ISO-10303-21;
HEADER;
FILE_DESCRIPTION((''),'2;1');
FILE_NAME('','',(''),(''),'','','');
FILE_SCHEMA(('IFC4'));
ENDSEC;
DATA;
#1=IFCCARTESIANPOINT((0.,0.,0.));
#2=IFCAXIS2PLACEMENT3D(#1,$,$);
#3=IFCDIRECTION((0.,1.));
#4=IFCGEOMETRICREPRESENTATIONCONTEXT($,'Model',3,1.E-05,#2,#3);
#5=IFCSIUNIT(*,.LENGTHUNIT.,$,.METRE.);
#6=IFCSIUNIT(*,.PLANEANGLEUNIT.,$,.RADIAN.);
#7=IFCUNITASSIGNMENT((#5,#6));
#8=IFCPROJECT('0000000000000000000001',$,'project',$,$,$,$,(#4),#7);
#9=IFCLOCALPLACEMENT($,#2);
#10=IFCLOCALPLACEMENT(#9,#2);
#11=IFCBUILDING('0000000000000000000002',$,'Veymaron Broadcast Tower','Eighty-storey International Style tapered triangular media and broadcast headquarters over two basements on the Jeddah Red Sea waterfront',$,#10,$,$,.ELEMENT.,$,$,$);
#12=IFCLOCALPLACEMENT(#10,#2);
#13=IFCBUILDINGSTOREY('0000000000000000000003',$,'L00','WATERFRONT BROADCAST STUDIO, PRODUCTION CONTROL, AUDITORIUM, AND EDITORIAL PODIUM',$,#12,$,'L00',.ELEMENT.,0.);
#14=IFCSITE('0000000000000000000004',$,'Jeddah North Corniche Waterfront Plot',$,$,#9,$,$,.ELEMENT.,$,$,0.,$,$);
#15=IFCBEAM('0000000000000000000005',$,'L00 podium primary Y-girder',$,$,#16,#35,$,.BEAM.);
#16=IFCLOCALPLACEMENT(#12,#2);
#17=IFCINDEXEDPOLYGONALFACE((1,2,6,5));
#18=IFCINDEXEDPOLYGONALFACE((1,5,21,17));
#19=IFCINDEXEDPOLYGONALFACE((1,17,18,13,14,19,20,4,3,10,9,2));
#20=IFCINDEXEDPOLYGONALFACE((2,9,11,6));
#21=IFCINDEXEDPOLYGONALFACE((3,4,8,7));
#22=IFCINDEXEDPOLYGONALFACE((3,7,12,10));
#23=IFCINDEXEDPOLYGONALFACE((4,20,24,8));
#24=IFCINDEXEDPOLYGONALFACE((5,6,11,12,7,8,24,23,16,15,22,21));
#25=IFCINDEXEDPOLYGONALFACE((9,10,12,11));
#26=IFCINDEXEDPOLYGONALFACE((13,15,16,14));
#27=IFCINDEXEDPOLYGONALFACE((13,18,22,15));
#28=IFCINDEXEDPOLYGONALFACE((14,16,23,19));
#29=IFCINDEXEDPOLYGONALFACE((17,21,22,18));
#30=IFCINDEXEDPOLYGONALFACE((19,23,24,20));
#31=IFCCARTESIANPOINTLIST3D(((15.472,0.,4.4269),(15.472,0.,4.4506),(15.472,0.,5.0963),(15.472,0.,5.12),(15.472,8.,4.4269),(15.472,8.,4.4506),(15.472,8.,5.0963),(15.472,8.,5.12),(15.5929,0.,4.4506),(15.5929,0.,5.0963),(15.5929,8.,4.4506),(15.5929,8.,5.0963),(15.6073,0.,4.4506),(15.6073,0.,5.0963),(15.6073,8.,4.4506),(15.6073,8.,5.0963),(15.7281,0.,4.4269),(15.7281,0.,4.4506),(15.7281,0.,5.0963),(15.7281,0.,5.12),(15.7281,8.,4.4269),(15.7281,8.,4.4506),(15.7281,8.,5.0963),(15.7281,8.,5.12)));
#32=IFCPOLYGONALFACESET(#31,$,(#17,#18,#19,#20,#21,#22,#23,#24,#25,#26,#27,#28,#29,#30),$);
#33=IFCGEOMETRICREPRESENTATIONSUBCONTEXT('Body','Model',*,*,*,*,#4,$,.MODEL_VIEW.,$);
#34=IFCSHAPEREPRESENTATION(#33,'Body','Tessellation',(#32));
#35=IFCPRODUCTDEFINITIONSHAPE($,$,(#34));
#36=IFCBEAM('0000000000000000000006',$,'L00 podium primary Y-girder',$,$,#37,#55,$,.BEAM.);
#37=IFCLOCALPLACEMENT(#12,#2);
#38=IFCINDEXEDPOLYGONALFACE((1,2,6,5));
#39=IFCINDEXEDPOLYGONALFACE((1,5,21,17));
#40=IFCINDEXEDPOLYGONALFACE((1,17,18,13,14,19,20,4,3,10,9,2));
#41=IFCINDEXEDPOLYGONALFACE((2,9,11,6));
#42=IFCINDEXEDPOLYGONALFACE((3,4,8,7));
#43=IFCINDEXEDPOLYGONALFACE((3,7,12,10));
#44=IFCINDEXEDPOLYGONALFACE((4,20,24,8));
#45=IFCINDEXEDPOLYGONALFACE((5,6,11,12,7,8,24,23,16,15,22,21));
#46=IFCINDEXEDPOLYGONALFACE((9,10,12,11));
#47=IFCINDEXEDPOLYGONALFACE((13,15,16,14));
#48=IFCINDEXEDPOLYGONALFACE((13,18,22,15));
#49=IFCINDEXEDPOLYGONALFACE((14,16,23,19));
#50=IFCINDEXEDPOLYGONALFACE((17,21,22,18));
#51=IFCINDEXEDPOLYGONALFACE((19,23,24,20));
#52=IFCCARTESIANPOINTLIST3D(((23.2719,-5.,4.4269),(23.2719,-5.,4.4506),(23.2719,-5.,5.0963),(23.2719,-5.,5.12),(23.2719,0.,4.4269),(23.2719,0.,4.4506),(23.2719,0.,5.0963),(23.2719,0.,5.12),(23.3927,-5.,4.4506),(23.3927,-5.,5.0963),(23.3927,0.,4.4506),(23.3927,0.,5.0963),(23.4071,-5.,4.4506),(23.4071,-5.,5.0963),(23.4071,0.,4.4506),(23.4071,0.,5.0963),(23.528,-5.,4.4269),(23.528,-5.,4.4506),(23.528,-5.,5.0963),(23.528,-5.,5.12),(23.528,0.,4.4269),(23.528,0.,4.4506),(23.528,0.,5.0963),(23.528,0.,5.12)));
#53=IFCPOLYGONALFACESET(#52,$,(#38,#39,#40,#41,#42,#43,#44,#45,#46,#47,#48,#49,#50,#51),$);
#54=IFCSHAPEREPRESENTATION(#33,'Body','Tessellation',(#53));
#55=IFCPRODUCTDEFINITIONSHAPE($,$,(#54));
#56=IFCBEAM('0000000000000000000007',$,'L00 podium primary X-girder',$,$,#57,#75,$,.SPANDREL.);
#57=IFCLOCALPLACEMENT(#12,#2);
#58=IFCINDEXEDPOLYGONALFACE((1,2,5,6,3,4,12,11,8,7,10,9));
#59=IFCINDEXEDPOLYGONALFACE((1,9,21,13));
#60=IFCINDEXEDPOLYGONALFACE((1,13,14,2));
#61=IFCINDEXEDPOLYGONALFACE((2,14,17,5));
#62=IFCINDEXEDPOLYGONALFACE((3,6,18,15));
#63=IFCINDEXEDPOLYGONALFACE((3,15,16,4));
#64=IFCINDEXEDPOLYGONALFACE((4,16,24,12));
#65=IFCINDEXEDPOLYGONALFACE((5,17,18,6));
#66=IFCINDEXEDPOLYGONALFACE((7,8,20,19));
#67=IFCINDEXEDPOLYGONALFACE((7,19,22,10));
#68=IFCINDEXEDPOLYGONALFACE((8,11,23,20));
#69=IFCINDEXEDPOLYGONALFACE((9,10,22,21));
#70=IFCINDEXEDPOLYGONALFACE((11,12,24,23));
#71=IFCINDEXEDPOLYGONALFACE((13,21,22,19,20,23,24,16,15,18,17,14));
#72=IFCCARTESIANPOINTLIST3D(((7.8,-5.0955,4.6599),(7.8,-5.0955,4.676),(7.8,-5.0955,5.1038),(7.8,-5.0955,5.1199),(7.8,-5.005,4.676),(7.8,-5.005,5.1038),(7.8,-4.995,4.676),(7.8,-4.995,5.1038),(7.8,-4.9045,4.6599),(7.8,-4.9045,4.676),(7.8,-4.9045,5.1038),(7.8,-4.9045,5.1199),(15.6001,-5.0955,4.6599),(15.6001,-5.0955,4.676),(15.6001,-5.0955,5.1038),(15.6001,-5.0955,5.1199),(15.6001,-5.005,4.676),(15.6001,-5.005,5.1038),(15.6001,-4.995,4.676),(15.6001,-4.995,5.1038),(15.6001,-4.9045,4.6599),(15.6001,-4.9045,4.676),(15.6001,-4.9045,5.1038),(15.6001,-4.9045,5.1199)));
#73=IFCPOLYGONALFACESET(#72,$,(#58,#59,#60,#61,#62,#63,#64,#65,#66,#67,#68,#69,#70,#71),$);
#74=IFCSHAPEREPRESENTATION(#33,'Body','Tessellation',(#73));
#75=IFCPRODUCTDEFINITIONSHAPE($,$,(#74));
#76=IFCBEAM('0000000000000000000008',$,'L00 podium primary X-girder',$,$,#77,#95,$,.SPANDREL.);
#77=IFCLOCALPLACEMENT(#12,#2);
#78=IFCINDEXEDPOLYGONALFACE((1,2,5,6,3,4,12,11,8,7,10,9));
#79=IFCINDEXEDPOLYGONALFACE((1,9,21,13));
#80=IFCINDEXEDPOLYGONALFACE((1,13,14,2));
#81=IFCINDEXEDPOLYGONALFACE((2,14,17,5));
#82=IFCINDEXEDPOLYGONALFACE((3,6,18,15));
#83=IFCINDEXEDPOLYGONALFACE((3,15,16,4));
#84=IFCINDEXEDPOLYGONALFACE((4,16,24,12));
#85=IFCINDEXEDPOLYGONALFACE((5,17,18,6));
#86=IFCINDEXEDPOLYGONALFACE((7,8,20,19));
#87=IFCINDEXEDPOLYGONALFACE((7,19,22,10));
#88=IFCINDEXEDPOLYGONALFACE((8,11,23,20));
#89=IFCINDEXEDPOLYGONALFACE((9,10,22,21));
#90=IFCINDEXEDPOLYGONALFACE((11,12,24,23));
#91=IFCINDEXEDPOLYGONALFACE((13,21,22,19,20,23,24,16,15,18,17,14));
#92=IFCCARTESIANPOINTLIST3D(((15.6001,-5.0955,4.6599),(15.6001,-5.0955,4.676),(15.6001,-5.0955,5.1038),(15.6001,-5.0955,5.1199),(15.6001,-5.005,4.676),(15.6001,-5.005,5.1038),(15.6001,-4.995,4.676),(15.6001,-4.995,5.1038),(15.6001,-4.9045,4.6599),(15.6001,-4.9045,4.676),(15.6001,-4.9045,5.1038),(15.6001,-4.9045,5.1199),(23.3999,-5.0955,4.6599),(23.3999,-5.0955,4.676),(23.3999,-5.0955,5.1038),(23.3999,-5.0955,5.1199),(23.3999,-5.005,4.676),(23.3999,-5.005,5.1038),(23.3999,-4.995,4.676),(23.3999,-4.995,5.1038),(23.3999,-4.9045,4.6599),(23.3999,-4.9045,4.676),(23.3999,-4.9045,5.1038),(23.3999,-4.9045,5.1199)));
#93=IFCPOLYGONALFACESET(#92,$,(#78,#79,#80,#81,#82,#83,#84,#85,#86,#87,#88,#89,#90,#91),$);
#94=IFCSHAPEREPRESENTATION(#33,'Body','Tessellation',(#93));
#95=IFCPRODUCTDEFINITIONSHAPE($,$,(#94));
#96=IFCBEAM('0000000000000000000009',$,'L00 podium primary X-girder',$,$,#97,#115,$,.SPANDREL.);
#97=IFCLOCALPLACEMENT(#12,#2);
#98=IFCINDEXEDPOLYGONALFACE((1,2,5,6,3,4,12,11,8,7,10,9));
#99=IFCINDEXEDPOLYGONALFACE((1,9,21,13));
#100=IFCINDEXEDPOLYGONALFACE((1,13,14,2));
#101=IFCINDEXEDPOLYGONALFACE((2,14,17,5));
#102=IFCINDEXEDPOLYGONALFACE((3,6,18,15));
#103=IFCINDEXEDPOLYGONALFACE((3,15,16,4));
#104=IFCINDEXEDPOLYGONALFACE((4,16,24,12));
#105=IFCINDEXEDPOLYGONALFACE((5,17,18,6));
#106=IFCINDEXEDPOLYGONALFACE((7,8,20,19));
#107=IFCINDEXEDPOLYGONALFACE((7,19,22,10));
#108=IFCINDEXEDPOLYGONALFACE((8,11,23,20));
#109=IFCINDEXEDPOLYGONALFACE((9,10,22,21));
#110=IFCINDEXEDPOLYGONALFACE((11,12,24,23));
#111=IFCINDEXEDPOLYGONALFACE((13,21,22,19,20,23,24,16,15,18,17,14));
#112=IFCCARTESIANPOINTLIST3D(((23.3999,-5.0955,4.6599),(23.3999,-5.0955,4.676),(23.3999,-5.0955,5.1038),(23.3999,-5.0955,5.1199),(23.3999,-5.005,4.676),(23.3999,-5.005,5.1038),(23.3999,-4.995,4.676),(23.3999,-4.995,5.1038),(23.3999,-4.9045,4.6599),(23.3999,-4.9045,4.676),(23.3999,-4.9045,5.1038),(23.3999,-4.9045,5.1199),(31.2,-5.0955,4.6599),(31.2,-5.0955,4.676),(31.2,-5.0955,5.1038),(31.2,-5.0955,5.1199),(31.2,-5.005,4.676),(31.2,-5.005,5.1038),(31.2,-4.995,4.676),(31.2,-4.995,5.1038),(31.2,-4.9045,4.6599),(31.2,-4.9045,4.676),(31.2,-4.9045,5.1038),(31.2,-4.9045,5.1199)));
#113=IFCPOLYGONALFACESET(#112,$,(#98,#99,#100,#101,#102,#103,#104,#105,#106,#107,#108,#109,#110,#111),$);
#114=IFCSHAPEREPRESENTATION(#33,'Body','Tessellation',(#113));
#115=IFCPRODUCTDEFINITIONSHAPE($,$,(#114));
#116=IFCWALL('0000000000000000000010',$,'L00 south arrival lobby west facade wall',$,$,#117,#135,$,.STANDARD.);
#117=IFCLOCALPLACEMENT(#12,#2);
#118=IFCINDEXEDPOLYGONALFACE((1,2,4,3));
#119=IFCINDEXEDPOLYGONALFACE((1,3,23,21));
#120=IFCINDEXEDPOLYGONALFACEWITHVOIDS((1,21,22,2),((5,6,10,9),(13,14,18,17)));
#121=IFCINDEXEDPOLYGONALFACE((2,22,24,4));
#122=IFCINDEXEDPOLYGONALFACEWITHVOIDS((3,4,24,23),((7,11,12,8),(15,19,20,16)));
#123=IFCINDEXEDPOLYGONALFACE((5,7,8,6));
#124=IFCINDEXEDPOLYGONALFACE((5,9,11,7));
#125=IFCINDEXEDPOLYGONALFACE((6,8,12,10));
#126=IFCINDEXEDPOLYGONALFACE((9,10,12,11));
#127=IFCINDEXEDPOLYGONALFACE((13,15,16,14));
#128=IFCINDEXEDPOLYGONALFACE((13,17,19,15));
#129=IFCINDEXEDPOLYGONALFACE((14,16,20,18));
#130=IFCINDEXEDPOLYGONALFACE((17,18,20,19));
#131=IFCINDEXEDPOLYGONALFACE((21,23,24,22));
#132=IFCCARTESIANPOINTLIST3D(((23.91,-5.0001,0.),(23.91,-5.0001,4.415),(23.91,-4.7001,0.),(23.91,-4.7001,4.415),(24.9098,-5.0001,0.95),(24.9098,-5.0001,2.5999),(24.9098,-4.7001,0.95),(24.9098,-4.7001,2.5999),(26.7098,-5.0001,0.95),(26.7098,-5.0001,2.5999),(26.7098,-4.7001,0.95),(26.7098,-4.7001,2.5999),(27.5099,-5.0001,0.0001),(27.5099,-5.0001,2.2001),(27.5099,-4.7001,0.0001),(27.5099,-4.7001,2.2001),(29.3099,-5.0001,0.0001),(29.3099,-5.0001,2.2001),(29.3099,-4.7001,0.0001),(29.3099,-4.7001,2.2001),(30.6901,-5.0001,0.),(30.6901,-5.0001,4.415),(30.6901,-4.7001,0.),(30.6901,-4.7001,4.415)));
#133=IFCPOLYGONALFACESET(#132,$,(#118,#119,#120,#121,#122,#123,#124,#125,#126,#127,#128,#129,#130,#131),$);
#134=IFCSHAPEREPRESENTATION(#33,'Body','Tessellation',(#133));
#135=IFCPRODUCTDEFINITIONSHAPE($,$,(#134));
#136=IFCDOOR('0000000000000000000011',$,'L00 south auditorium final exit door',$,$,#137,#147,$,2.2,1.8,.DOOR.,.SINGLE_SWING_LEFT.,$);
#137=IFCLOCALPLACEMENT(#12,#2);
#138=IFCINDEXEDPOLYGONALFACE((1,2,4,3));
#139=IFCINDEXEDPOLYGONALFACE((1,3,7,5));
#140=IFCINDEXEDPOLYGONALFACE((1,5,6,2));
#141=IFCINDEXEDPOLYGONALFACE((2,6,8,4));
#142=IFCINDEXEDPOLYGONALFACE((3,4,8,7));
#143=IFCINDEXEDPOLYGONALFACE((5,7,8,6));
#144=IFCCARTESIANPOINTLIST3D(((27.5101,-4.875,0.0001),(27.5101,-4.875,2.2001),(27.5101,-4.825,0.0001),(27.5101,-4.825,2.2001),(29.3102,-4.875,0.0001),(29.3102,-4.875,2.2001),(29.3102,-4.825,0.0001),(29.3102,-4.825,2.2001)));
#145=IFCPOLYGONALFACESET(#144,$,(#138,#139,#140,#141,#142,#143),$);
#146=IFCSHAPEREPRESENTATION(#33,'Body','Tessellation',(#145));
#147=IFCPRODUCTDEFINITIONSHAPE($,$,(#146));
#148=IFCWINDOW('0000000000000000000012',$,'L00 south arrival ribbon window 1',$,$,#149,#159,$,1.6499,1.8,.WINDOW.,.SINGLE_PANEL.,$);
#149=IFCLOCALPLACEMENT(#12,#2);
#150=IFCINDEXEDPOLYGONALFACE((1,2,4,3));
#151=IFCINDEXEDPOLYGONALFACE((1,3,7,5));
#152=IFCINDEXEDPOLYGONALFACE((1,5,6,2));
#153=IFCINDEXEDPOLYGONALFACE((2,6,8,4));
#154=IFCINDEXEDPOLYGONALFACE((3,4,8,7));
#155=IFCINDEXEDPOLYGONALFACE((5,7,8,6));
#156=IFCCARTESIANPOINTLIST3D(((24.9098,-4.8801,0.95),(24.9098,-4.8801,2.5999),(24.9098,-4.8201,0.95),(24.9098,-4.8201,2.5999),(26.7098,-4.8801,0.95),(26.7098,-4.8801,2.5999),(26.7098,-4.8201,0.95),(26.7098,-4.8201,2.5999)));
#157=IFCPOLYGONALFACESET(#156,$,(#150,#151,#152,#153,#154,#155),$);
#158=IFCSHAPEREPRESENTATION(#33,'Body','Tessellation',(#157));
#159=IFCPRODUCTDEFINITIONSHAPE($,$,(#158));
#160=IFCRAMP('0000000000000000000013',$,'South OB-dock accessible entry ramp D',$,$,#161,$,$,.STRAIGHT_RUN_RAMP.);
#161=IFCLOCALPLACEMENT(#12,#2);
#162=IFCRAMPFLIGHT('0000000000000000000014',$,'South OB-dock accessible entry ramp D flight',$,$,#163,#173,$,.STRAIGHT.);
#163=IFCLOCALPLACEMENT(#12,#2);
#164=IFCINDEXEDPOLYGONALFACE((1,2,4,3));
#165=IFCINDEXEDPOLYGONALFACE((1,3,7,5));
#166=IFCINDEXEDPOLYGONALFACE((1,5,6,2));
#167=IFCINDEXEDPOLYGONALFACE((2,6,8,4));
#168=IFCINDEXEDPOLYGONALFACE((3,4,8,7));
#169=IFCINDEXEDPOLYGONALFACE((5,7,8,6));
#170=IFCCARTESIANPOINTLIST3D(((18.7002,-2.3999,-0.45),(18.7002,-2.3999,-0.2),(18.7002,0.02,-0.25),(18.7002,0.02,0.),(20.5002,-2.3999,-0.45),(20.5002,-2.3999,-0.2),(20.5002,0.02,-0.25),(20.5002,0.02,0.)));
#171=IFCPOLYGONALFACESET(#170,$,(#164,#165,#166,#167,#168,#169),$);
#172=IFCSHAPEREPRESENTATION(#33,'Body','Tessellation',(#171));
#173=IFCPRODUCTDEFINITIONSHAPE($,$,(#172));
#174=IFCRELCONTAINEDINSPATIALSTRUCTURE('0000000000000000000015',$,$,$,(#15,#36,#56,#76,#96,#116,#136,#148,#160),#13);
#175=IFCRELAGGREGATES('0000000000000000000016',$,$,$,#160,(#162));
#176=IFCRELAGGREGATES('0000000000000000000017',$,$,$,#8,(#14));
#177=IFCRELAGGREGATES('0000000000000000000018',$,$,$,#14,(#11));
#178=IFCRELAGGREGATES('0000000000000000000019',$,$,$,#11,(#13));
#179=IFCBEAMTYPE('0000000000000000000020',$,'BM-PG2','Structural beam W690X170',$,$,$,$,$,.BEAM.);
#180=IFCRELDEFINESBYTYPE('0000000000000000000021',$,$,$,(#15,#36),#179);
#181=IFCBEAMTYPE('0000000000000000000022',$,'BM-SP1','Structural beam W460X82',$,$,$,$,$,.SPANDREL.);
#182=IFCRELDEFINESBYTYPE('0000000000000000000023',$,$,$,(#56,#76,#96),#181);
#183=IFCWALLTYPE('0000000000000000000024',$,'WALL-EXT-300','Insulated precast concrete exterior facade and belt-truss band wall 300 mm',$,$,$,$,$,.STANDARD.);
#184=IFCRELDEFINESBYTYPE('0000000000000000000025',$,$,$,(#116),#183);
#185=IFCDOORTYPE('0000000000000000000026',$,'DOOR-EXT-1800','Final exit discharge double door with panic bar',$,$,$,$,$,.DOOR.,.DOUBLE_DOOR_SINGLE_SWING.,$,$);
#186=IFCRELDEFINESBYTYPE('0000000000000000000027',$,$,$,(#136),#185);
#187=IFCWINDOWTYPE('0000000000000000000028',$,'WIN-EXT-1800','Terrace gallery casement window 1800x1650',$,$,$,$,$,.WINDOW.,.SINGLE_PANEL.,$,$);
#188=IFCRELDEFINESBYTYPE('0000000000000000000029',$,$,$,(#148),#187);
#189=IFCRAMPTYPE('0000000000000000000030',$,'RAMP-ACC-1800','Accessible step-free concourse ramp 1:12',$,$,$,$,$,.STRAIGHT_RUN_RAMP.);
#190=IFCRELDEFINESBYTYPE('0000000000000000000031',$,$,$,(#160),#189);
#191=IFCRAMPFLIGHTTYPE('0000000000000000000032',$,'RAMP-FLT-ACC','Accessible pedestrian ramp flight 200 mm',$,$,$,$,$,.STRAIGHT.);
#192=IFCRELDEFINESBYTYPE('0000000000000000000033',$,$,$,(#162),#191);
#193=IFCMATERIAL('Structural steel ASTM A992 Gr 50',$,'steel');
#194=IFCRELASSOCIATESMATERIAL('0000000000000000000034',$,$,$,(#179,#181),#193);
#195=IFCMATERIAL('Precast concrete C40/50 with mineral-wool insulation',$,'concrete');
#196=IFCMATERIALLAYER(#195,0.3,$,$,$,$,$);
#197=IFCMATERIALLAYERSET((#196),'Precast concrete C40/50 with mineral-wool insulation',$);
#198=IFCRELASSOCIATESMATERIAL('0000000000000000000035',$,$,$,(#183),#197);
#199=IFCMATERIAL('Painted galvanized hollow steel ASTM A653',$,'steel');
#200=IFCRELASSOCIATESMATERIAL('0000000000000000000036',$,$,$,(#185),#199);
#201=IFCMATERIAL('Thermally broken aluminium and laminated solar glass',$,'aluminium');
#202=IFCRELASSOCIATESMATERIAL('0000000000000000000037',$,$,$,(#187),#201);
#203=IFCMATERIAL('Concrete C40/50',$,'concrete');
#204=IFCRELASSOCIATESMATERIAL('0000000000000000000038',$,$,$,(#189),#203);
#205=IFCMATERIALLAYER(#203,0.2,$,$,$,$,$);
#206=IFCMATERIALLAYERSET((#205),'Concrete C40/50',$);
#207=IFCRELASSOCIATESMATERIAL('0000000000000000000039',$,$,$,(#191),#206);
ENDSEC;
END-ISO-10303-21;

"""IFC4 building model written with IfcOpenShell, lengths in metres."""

from ifc_helpers import new_model, si_unit, direction, frame, frame_2d, origin, origin_2d, place, context, subcontext, project, spatial, polyline, rectangle, i_section, outline, extrude, material, layer, layer_set, material_profile, profile_set, type_object, element, fill, aggregate, save


model = new_model("IFC4")

# Units and contexts
model_context = context("Model", 3, precision=1e-05, world=origin(), true_north=direction((0.0, 1.0)))
body_context = subcontext(model_context, "Body", "Model", "MODEL_VIEW")
ifc_project = project(units=[si_unit("LENGTHUNIT", "METRE"), si_unit("PLANEANGLEUNIT", "RADIAN")], contexts=[model_context])

# Site, building, storey
site_placement = place(None, origin())
site = spatial("IfcSite", under=ifc_project, at=site_placement, Name="Jeddah North Corniche Waterfront Plot", CompositionType="ELEMENT", RefElevation=0.0)
building_placement = place(site_placement, origin())
building = spatial("IfcBuilding", under=site, at=building_placement, Name="Veymaron Broadcast Tower", Description="Eighty-storey International Style tapered triangular media and broadcast headquarters over two basements on the Jeddah Red Sea waterfront", CompositionType="ELEMENT")
storey_placement = place(building_placement, origin())
storey = spatial("IfcBuildingStorey", under=building, at=storey_placement, Name="L00", Description="WATERFRONT BROADCAST STUDIO, PRODUCTION CONTROL, AUDITORIUM, AND EDITORIAL PODIUM", LongName="L00", CompositionType="ELEMENT", Elevation=0.0)

# Shared definitions
ifc_material_1 = material(Name="Structural steel ASTM A992 Gr 50", Category="steel")

# Beams
ifc_material_profile_1 = material_profile(ifc_material_1, i_section(OverallWidth=0.2561, OverallDepth=0.6931, WebThickness=0.0144, FlangeThickness=0.0237, at=origin_2d()), Name="W690X170")
ifc_profile_set_1 = profile_set([ifc_material_profile_1], Name="Structural steel ASTM A992 Gr 50")
beam_type_1 = type_object("IfcBeamType", Name="BM-PG2", Description="Structural beam W690X170", PredefinedType="BEAM", material=ifc_profile_set_1)
beam_1_placement = place(storey_placement, frame((15.6001, 0.0, 4.7734), z_axis=(0.0, 1.0, 0.0), x_axis=(-1.0, 0.0, 0.0)))
element("IfcBeam", 1, at=beam_1_placement, inside=storey, type_object=beam_type_1, Name="L00 podium primary Y-girder", PredefinedType="BEAM", context=body_context, shape_type="SweptSolid", body=[
    extrude(i_section(OverallWidth=0.2561, OverallDepth=0.6931, WebThickness=0.0144, FlangeThickness=0.0237, at=origin_2d()), origin(), (0.0, 0.0, 1.0), 8.0),
])
beam_2_placement = place(storey_placement, frame((23.3999, -5.0, 4.7734), z_axis=(0.0, 1.0, 0.0), x_axis=(-1.0, 0.0, 0.0)))
element("IfcBeam", 2, at=beam_2_placement, inside=storey, type_object=beam_type_1, Name="L00 podium primary Y-girder", PredefinedType="BEAM", context=body_context, shape_type="SweptSolid", body=[
    extrude(i_section(OverallWidth=0.2561, OverallDepth=0.6931, WebThickness=0.0144, FlangeThickness=0.0237, at=origin_2d()), origin(), (0.0, 0.0, 1.0), 5.0),
])
ifc_material_profile_2 = material_profile(ifc_material_1, i_section(OverallWidth=0.1909, OverallDepth=0.46, WebThickness=0.01, FlangeThickness=0.0161, at=origin_2d()), Name="W460X82")
ifc_profile_set_2 = profile_set([ifc_material_profile_2], Name="Structural steel ASTM A992 Gr 50")
beam_type_2 = type_object("IfcBeamType", Name="BM-SP1", Description="Structural beam W460X82", PredefinedType="SPANDREL", material=ifc_profile_set_2)
beam_3_placement = place(storey_placement, frame((7.8, -5.0, 4.8899), z_axis=(1.0, 0.0, 0.0), x_axis=(0.0, 1.0, 0.0)))
element("IfcBeam", 3, at=beam_3_placement, inside=storey, type_object=beam_type_2, Name="L00 podium primary X-girder", PredefinedType="SPANDREL", context=body_context, shape_type="SweptSolid", body=[
    extrude(i_section(OverallWidth=0.1909, OverallDepth=0.46, WebThickness=0.01, FlangeThickness=0.0161, at=origin_2d()), origin(), (0.0, 0.0, 1.0), 7.8),
])
beam_4_placement = place(storey_placement, frame((15.6001, -5.0, 4.8899), z_axis=(1.0, 0.0, 0.0), x_axis=(0.0, 1.0, 0.0)))
element("IfcBeam", 4, at=beam_4_placement, inside=storey, type_object=beam_type_2, Name="L00 podium primary X-girder", PredefinedType="SPANDREL", context=body_context, shape_type="SweptSolid", body=[
    extrude(i_section(OverallWidth=0.1909, OverallDepth=0.46, WebThickness=0.01, FlangeThickness=0.0161, at=origin_2d()), origin(), (0.0, 0.0, 1.0), 7.7998),
])
beam_5_placement = place(storey_placement, frame((23.3999, -5.0, 4.8899), z_axis=(1.0, 0.0, 0.0), x_axis=(0.0, 1.0, 0.0)))
element("IfcBeam", 5, at=beam_5_placement, inside=storey, type_object=beam_type_2, Name="L00 podium primary X-girder", PredefinedType="SPANDREL", context=body_context, shape_type="SweptSolid", body=[
    extrude(i_section(OverallWidth=0.1909, OverallDepth=0.46, WebThickness=0.01, FlangeThickness=0.0161, at=origin_2d()), origin(), (0.0, 0.0, 1.0), 7.8),
])

# Wall, openings, door, window
ifc_material_2 = material(Name="Precast concrete C40/50 with mineral-wool insulation", Category="concrete")
ifc_layer_1 = layer(ifc_material_2, 0.3)
ifc_layer_set_1 = layer_set([ifc_layer_1], Name="Precast concrete C40/50 with mineral-wool insulation")
wall_type = type_object("IfcWallType", Name="WALL-EXT-300", Description="Insulated precast concrete exterior facade and belt-truss band wall 300 mm", PredefinedType="STANDARD", material=ifc_layer_set_1)
wall_placement = place(storey_placement, frame((23.9099, -4.8501, 0.0), z_axis=(0.0, 0.0, 1.0), x_axis=(1.0, 0.0, 0.0)))
wall = element("IfcWall", 6, at=wall_placement, inside=storey, type_object=wall_type, Name="L00 south arrival lobby west facade wall", PredefinedType="STANDARD", context=body_context, shape_type="SweptSolid", body=[
    extrude(rectangle(XDim=6.78, YDim=0.3, at=frame_2d((3.3901, 0.0))), origin(), (0.0, 0.0, 1.0), 4.415),
])
opening_1_placement = place(wall_placement, frame((1.0, 0.0, 0.95)))
opening_1 = element("IfcOpeningElement", 7, at=opening_1_placement, cuts=wall, PredefinedType="OPENING", context=body_context, shape_type="SweptSolid", body=[
    extrude(rectangle(XDim=1.8, YDim=1.6499, at=frame_2d((0.8999, 0.825))), frame((0.0, 0.1602, 0.0), z_axis=(0.0, -1.0, 0.0), x_axis=(1.0, 0.0, 0.0)), (0.0, 0.0, 1.0), 0.3201),
])
opening_2_placement = place(wall_placement, frame((3.6001, 0.0, 0.0)))
opening_2 = element("IfcOpeningElement", 8, at=opening_2_placement, cuts=wall, PredefinedType="OPENING", context=body_context, shape_type="SweptSolid", body=[
    extrude(rectangle(XDim=1.8, YDim=2.2, at=frame_2d((0.8999, 1.1001))), frame((0.0, 0.1602, 0.0), z_axis=(0.0, -1.0, 0.0), x_axis=(1.0, 0.0, 0.0)), (0.0, 0.0, 1.0), 0.3201),
])
ifc_material_3 = material(Name="Painted galvanized hollow steel ASTM A653", Category="steel")
door_type = type_object("IfcDoorType", Name="DOOR-EXT-1800", Description="Final exit discharge double door with panic bar", OperationType="DOUBLE_DOOR_SINGLE_SWING", PredefinedType="DOOR", material=ifc_material_3)
door_placement = place(opening_2_placement, frame((1.8, 0.0, 0.0), z_axis=(0.0, 0.0, 1.0), x_axis=(-1.0, 0.0, 0.0)))
door = element("IfcDoor", 9, at=door_placement, inside=storey, type_object=door_type, Name="L00 south auditorium final exit door", OperationType="SINGLE_SWING_LEFT", OverallHeight=2.2, OverallWidth=1.8, PredefinedType="DOOR", context=body_context, shape_type="SweptSolid", body=[
    extrude(rectangle(XDim=1.8, YDim=2.2, at=frame_2d((0.8999, 1.1001))), frame((0.0, 0.0249, 0.0), z_axis=(0.0, -1.0, 0.0), x_axis=(1.0, 0.0, 0.0)), (0.0, 0.0, 1.0), 0.05),
])
fill(opening_2, door)
ifc_material_4 = material(Name="Thermally broken aluminium and laminated solar glass", Category="aluminium")
window_type = type_object("IfcWindowType", Name="WIN-EXT-1800", Description="Terrace gallery casement window 1800x1650", PartitioningType="SINGLE_PANEL", PredefinedType="WINDOW", material=ifc_material_4)
window_placement = place(opening_1_placement, origin())
window = element("IfcWindow", 10, at=window_placement, inside=storey, type_object=window_type, Name="L00 south arrival ribbon window 1", OverallHeight=1.6499, OverallWidth=1.8, PartitioningType="SINGLE_PANEL", PredefinedType="WINDOW", context=body_context, shape_type="SweptSolid", body=[
    extrude(rectangle(XDim=1.8, YDim=1.6499, at=frame_2d((0.8999, 0.825))), frame((0.0, 0.03, 0.0), z_axis=(0.0, -1.0, 0.0), x_axis=(1.0, 0.0, 0.0)), (0.0, 0.0, 1.0), 0.0601),
])
fill(opening_1, window)

# Ramp, ramp flight
ifc_material_5 = material(Name="Concrete C40/50", Category="concrete")
ramp_type = type_object("IfcRampType", Name="RAMP-ACC-1800", Description="Accessible step-free concourse ramp 1:12", PredefinedType="STRAIGHT_RUN_RAMP", material=ifc_material_5)
ramp_placement = place(storey_placement, origin())
ramp = element("IfcRamp", 11, at=ramp_placement, inside=storey, type_object=ramp_type, Name="South OB-dock accessible entry ramp D", PredefinedType="STRAIGHT_RUN_RAMP")
ifc_layer_2 = layer(ifc_material_5, 0.2)
ifc_layer_set_2 = layer_set([ifc_layer_2], Name="Concrete C40/50")
ramp_flight_type = type_object("IfcRampFlightType", Name="RAMP-FLT-ACC", Description="Accessible pedestrian ramp flight 200 mm", PredefinedType="STRAIGHT", material=ifc_layer_set_2)
ramp_flight_placement = place(storey_placement, frame((19.6001, -2.3999, -0.2), z_axis=(0.0, 0.0, 1.0), x_axis=(0.0, 1.0, 0.0)))
ramp_flight = element("IfcRampFlight", 12, at=ramp_flight_placement, type_object=ramp_flight_type, Name="South OB-dock accessible entry ramp D flight", PredefinedType="STRAIGHT", context=body_context, shape_type="SweptSolid", body=[
    extrude(outline(polyline([(0.0, 0.0), (2.4199, 0.2), (2.4199, -0.05), (0.0, -0.25), (0.0, 0.0)])), frame((0.0, 0.8999, 0.0), z_axis=(0.0, -1.0, 0.0), x_axis=(1.0, 0.0, 0.0)), (0.0, 0.0, 1.0), 1.8),
])
aggregate(ramp, [ramp_flight])

save(model, "model.ifc")
